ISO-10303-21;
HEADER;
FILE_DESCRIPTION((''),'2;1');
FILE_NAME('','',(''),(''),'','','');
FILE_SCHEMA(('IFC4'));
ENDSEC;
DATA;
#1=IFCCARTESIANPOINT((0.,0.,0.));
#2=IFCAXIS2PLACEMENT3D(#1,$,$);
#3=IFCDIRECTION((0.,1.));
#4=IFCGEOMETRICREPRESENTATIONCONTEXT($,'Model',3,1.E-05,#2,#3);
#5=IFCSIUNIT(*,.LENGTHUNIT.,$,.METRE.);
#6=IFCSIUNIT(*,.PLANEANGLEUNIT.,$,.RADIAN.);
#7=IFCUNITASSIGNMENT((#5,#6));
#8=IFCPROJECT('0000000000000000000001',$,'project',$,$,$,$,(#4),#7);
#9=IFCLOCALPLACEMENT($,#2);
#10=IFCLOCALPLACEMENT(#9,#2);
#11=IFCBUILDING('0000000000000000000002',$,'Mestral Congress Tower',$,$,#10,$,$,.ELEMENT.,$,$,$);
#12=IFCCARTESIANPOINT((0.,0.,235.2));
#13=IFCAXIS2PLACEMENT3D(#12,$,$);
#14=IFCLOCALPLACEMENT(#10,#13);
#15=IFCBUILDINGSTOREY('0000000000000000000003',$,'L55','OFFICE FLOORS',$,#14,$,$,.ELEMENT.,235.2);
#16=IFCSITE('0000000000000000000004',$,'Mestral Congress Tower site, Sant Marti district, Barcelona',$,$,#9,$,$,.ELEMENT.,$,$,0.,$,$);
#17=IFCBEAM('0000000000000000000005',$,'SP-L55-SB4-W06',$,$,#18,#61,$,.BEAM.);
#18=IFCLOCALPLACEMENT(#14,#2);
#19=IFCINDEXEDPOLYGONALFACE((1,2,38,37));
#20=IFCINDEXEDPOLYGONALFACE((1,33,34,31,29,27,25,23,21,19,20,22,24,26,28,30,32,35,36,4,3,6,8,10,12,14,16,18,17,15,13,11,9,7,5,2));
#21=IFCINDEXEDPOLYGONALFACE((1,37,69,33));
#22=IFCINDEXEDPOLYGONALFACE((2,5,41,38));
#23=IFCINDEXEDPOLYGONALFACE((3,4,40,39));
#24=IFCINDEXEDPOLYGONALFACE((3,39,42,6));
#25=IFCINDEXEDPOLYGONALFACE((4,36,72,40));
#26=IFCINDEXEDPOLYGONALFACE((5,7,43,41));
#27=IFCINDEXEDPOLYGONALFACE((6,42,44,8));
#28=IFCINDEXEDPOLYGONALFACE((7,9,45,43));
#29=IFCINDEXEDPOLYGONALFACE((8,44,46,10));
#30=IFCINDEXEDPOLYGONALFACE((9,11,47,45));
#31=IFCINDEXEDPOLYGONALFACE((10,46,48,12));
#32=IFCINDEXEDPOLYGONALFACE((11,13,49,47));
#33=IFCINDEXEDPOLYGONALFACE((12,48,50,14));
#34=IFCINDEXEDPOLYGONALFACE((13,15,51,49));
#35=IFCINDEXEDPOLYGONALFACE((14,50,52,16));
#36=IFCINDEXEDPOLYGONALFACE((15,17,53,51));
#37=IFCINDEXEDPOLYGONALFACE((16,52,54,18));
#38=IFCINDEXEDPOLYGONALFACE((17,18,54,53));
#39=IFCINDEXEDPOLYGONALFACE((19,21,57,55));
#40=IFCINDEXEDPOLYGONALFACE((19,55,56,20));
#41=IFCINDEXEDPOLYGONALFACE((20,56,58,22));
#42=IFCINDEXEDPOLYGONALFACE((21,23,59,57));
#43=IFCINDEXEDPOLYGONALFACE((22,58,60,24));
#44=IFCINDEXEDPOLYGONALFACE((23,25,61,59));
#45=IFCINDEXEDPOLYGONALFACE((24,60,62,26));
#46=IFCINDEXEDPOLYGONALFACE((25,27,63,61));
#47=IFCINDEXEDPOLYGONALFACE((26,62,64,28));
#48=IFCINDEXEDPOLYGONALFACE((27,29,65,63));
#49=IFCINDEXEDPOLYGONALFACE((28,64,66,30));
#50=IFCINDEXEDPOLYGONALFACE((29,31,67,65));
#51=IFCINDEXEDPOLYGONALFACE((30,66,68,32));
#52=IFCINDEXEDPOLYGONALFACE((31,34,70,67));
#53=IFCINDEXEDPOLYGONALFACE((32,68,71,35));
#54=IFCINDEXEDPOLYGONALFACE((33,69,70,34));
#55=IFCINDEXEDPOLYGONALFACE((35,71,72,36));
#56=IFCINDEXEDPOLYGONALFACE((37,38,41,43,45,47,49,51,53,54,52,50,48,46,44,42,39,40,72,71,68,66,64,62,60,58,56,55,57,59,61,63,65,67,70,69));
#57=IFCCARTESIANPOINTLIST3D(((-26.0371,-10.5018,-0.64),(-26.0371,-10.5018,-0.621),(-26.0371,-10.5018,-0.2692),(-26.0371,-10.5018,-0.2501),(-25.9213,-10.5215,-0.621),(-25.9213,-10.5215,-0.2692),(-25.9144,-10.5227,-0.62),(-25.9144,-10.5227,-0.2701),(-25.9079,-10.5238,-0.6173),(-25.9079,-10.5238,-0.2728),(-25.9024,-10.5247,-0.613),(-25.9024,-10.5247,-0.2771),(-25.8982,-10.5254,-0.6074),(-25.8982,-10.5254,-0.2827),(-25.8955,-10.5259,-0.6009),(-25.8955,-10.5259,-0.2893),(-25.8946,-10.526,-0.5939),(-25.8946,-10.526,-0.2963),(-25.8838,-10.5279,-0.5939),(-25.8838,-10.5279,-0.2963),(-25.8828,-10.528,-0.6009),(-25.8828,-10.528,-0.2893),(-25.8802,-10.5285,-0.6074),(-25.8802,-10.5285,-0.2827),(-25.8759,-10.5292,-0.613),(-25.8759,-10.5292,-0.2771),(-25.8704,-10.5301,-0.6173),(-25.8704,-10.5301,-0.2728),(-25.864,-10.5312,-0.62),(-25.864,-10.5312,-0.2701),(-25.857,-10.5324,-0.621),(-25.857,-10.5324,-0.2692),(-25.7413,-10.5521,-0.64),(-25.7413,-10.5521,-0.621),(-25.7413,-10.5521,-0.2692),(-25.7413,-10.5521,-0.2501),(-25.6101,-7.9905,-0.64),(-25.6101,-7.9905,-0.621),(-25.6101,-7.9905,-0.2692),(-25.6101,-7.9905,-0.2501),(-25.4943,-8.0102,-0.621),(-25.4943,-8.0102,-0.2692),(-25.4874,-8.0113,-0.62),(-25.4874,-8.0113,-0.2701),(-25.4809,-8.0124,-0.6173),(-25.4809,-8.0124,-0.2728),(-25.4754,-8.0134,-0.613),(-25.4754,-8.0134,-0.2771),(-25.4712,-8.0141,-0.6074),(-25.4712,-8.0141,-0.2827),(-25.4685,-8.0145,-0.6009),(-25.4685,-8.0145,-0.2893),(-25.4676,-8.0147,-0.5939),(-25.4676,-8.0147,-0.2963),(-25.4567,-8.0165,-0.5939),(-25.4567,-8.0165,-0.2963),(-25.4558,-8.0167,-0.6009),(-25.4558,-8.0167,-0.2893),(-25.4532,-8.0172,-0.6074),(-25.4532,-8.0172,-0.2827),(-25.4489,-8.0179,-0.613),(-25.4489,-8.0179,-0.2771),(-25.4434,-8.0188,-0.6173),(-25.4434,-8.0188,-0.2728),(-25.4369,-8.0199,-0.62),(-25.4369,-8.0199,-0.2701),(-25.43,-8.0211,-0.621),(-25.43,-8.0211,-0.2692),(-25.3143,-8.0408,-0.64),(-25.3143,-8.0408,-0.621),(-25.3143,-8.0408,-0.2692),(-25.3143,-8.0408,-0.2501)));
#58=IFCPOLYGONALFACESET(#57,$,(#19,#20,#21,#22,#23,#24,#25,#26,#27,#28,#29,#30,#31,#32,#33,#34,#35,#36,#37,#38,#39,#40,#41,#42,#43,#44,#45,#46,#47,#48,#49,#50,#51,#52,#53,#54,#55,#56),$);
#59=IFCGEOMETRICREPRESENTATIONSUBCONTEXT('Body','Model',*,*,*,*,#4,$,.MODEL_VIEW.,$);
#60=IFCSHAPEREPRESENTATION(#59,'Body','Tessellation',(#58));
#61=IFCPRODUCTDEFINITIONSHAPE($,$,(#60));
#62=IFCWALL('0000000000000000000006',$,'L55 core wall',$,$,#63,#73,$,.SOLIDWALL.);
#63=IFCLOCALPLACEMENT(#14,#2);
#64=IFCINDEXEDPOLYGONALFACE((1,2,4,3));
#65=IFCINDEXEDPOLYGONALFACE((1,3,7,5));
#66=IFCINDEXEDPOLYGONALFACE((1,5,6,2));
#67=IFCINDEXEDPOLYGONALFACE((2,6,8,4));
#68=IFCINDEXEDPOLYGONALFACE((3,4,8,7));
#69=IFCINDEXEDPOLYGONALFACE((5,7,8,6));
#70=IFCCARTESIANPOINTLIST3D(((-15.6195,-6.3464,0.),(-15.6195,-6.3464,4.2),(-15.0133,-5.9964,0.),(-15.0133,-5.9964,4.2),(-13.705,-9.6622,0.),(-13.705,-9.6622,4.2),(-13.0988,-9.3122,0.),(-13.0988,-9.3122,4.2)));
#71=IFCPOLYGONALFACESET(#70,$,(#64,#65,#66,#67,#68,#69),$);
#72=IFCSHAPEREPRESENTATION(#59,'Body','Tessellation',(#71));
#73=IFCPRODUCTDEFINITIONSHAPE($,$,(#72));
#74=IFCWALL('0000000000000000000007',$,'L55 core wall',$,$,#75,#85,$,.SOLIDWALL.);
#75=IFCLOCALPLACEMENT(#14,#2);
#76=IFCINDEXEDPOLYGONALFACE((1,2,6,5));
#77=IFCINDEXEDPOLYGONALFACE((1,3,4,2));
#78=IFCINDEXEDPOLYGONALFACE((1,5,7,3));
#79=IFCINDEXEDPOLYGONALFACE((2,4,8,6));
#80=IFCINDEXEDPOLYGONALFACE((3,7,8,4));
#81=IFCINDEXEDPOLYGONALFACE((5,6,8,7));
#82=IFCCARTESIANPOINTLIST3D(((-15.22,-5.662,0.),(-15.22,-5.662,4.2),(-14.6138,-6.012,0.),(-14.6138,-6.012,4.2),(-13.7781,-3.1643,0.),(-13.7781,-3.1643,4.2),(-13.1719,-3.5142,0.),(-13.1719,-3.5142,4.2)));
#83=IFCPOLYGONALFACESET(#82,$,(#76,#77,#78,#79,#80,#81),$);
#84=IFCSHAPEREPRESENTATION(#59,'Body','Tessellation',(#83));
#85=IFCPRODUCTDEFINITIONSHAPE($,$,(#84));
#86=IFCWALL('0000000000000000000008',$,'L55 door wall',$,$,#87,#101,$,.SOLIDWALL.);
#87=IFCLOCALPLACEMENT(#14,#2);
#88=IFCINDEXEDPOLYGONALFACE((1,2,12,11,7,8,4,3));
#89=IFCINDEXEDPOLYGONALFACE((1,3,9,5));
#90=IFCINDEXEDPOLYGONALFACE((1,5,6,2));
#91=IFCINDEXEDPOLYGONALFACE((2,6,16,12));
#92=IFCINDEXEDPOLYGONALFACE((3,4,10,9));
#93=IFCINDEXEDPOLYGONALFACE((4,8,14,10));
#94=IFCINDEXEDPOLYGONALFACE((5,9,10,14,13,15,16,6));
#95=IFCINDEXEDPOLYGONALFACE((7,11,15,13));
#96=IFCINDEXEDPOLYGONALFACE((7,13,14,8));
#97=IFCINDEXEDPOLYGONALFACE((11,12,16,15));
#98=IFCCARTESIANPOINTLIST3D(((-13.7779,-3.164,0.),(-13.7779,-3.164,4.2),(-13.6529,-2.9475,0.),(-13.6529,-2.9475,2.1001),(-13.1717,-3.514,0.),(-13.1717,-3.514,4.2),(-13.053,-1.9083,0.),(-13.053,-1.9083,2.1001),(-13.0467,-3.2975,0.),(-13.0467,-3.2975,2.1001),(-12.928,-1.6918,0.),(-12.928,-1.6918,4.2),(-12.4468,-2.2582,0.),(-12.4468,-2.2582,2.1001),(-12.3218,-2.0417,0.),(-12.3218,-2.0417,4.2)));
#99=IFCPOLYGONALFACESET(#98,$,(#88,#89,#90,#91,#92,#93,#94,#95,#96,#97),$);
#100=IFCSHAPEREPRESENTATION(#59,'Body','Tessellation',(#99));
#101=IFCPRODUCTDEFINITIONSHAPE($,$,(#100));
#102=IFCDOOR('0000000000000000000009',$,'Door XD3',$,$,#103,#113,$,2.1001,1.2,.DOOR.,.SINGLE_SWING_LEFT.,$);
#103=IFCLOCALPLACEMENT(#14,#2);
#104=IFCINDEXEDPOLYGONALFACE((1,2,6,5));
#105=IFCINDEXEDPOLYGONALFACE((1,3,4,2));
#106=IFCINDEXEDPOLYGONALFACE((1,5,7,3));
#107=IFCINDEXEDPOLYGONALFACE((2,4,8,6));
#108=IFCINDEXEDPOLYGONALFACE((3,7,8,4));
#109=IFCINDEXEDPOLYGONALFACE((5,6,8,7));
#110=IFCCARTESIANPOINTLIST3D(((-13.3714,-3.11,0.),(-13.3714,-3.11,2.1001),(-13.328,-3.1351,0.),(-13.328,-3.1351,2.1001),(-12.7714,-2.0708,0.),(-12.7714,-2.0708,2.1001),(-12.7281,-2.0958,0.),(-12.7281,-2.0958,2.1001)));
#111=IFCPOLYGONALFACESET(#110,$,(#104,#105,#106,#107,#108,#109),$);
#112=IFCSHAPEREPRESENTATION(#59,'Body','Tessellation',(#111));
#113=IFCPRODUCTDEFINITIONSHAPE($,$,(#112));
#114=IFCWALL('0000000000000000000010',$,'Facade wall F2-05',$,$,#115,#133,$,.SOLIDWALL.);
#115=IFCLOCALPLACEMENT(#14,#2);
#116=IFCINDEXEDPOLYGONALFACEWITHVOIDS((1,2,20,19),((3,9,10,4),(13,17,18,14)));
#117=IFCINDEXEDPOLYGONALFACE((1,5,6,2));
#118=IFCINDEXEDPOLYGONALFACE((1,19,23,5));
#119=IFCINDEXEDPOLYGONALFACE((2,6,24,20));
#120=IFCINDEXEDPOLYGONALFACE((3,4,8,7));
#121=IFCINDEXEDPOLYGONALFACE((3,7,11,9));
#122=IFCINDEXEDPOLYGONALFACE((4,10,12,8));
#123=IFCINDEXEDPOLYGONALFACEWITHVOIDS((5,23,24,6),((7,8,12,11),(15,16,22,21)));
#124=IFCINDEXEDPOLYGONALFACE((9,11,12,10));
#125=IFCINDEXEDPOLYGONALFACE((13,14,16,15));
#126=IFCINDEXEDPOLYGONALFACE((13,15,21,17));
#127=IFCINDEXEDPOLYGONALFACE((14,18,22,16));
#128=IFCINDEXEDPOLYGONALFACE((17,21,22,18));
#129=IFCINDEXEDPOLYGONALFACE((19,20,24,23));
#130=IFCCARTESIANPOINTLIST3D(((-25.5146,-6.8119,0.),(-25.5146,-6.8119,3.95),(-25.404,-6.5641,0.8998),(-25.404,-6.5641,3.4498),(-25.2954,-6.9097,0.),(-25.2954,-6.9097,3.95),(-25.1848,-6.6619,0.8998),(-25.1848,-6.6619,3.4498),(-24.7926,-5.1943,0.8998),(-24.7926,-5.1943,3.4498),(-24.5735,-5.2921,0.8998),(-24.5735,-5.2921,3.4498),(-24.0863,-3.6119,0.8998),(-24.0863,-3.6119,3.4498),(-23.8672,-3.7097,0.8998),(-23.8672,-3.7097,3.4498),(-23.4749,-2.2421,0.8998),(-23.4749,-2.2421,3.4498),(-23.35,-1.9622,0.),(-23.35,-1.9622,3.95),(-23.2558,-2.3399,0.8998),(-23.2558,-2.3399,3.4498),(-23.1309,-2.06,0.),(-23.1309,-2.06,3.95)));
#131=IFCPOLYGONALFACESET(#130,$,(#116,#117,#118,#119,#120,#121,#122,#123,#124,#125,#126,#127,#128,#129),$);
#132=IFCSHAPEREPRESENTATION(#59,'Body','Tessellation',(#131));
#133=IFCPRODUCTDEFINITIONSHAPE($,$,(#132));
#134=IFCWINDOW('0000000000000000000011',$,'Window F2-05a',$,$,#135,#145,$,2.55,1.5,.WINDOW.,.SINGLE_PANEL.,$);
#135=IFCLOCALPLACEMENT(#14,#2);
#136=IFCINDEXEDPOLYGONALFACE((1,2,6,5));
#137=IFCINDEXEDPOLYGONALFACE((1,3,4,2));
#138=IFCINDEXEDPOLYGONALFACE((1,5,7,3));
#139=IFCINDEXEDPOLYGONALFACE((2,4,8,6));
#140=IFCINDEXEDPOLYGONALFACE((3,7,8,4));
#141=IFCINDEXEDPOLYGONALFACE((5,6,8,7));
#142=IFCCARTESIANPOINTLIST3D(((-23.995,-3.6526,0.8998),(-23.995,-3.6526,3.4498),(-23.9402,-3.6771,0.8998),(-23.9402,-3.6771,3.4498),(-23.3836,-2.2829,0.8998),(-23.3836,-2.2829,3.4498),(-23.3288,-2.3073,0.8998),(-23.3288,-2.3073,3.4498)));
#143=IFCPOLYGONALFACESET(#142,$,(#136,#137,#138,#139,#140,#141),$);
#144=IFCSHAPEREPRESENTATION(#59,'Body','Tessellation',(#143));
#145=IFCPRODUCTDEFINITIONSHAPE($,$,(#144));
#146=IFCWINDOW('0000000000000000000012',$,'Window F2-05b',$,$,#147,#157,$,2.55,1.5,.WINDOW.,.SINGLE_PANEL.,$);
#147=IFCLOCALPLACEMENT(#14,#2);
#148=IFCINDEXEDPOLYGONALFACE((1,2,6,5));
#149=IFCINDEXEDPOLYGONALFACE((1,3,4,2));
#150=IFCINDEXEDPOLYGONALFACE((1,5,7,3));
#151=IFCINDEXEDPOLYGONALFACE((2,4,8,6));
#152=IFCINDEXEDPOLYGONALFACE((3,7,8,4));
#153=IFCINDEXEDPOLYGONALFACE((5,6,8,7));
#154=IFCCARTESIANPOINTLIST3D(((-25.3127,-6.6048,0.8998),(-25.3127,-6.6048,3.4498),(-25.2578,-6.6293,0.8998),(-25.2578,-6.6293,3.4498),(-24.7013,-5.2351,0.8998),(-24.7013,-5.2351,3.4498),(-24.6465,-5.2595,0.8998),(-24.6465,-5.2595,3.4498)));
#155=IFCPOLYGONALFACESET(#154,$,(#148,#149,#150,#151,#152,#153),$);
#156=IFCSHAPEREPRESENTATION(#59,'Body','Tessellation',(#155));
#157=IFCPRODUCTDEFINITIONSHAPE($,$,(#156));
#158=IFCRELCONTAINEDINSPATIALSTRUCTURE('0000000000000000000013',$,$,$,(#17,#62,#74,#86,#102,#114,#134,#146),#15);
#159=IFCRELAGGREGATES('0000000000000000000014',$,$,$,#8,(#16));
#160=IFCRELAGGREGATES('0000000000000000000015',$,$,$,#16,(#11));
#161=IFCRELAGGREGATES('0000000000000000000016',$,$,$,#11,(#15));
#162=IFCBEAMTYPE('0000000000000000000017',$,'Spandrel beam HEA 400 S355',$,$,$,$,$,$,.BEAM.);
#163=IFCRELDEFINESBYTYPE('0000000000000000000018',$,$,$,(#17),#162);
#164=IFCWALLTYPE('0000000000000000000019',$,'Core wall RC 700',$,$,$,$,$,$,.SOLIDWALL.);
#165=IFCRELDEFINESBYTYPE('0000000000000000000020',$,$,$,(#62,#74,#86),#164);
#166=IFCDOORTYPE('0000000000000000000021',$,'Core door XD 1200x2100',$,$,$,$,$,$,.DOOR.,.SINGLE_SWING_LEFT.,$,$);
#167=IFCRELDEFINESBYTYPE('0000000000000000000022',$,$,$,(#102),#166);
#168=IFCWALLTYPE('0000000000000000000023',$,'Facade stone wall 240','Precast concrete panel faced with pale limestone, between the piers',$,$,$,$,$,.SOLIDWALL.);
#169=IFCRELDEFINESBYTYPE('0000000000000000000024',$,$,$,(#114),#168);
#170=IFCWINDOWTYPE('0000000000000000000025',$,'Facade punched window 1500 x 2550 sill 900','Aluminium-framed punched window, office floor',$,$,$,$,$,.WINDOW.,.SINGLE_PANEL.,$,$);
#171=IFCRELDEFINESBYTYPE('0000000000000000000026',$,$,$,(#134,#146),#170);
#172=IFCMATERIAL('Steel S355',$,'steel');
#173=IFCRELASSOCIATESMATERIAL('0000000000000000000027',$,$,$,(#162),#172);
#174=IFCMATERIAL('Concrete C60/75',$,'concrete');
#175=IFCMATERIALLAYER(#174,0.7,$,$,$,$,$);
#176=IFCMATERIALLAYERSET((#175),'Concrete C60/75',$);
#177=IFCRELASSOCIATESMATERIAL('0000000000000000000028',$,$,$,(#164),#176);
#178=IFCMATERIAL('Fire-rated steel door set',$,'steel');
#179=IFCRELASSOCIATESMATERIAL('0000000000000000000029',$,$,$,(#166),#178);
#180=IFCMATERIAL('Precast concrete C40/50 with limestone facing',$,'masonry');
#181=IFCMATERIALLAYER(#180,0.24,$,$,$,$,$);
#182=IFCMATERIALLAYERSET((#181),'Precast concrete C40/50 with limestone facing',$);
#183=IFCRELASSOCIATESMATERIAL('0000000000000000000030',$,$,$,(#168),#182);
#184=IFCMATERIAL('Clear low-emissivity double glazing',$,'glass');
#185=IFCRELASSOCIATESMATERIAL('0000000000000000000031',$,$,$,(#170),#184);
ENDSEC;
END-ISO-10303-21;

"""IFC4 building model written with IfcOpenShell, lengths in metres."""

from ifc_helpers import new_model, si_unit, direction, frame, frame_2d, origin, origin_2d, place, context, subcontext, project, spatial, rectangle, i_section, extrude, material, layer, layer_set, material_profile, profile_set, type_object, element, fill, save


model = new_model("IFC4")

# Units and contexts
model_context = context("Model", 3, precision=1e-05, world=origin(), true_north=direction((0.0, 1.0)))
body_context = subcontext(model_context, "Body", "Model", "MODEL_VIEW")
ifc_project = project(units=[si_unit("LENGTHUNIT", "METRE"), si_unit("PLANEANGLEUNIT", "RADIAN")], contexts=[model_context])

# Site, building, storey
site_placement = place(None, origin())
site = spatial("IfcSite", under=ifc_project, at=site_placement, Name="Mestral Congress Tower site, Sant Marti district, Barcelona", CompositionType="ELEMENT", RefElevation=0.0)
building_placement = place(site_placement, origin())
building = spatial("IfcBuilding", under=site, at=building_placement, Name="Mestral Congress Tower", CompositionType="ELEMENT")
storey_placement = place(building_placement, frame((0.0, 0.0, 235.2)))
storey = spatial("IfcBuildingStorey", under=building, at=storey_placement, Name="L55", Description="OFFICE FLOORS", CompositionType="ELEMENT", Elevation=235.2)

# Shared definitions
ifc_material_1 = material(Name="Concrete C60/75", Category="concrete")

# Beam
ifc_material_2 = material(Name="Steel S355", Category="steel")
ifc_material_profile_1 = material_profile(ifc_material_2, i_section(OverallWidth=0.3, OverallDepth=0.3899, WebThickness=0.011, FlangeThickness=0.019, FilletRadius=0.0271, at=origin_2d()), Name="HEA 400")
ifc_profile_set_1 = profile_set([ifc_material_profile_1], Name="Steel S355")
beam_type_1 = type_object("IfcBeamType", Name="Spandrel beam HEA 400 S355", PredefinedType="BEAM", material=ifc_profile_set_1)
beam_1_placement = place(storey_placement, frame((-25.4622, -8.0156, -0.4451), z_axis=(-0.167631, -0.98585, 0.0), x_axis=(0.98585, -0.167631, 0.0)))
element("IfcBeam", 1, at=beam_1_placement, inside=storey, type_object=beam_type_1, Name="SP-L55-SB4-W06", PredefinedType="BEAM", context=body_context, shape_type="SweptSolid", body=[
    extrude(i_section(OverallWidth=0.3, OverallDepth=0.3899, WebThickness=0.011, FlangeThickness=0.019, FilletRadius=0.0271, at=origin_2d()), origin(), (0.0, 0.0, 1.0), 2.5474),
])

# Walls
ifc_layer_1 = layer(ifc_material_1, 0.7)
ifc_layer_set_1 = layer_set([ifc_layer_1], Name="Concrete C60/75")
wall_type_1 = type_object("IfcWallType", Name="Core wall RC 700", PredefinedType="SOLIDWALL", material=ifc_layer_set_1)
wall_1_placement = place(storey_placement, frame((-13.4019, -9.4873, 0.0), z_axis=(0.0, 0.0, 1.0), x_axis=(-0.50002, 0.866014, 0.0)))
element("IfcWall", 2, at=wall_1_placement, inside=storey, type_object=wall_type_1, Name="L55 core wall", PredefinedType="SOLIDWALL", context=body_context, shape_type="SweptSolid", body=[
    extrude(rectangle(XDim=3.8289, YDim=0.7, at=frame_2d((1.9146, 0.0))), origin(), (0.0, 0.0, 1.0), 4.2),
])
wall_2_placement = place(storey_placement, frame((-13.4751, -3.3394, 0.0), z_axis=(0.0, 0.0, 1.0), x_axis=(-0.499945, -0.866057, 0.0)))
element("IfcWall", 3, at=wall_2_placement, inside=storey, type_object=wall_type_1, Name="L55 core wall", PredefinedType="SOLIDWALL", context=body_context, shape_type="SweptSolid", body=[
    extrude(rectangle(XDim=2.884, YDim=0.7, at=frame_2d((1.4419, 0.0))), origin(), (0.0, 0.0, 1.0), 4.2),
])

# Wall, opening, door
wall_3_placement = place(storey_placement, frame((-13.4749, -3.3391, 0.0), z_axis=(0.0, 0.0, 1.0), x_axis=(0.499955, 0.866052, 0.0)))
wall_3 = element("IfcWall", 4, at=wall_3_placement, inside=storey, type_object=wall_type_1, Name="L55 door wall", PredefinedType="SOLIDWALL", context=body_context, shape_type="SweptSolid", body=[
    extrude(rectangle(XDim=1.7, YDim=0.7, at=frame_2d((0.8501, 0.0))), origin(), (0.0, 0.0, 1.0), 4.2),
])
opening_1_placement = place(wall_3_placement, frame((0.25, 0.0, 0.0)))
opening_1 = element("IfcOpeningElement", 5, at=opening_1_placement, cuts=wall_3, PredefinedType="OPENING", context=body_context, shape_type="SweptSolid", body=[
    extrude(rectangle(XDim=1.2, YDim=2.1001, at=frame_2d((0.6001, 1.05))), frame((0.0, 0.3599, 0.0), z_axis=(0.0, -1.0, 0.0), x_axis=(1.0, 0.0, 0.0)), (0.0, 0.0, 1.0), 0.72),
])
ifc_material_3 = material(Name="Fire-rated steel door set", Category="steel")
door_type_1 = type_object("IfcDoorType", Name="Core door XD 1200x2100", OperationType="SINGLE_SWING_LEFT", PredefinedType="DOOR", material=ifc_material_3)
door_1_placement = place(opening_1_placement, origin())
door_1 = element("IfcDoor", 6, at=door_1_placement, inside=storey, type_object=door_type_1, Name="Door XD3", OperationType="SINGLE_SWING_LEFT", OverallHeight=2.1001, OverallWidth=1.2, PredefinedType="DOOR", context=body_context, shape_type="SweptSolid", body=[
    extrude(rectangle(XDim=1.2, YDim=2.1001, at=frame_2d((0.6001, 1.05))), frame((0.0, 0.0249, 0.0), z_axis=(0.0, -1.0, 0.0), x_axis=(1.0, 0.0, 0.0)), (0.0, 0.0, 1.0), 0.05),
])
fill(opening_1, door_1)

# Wall, openings, windows
ifc_material_4 = material(Name="Precast concrete C40/50 with limestone facing", Category="masonry")
ifc_layer_2 = layer(ifc_material_4, 0.24)
ifc_layer_set_2 = layer_set([ifc_layer_2], Name="Precast concrete C40/50 with limestone facing")
wall_type_2 = type_object("IfcWallType", Name="Facade stone wall 240", Description="Precast concrete panel faced with pale limestone, between the piers", PredefinedType="SOLIDWALL", material=ifc_layer_set_2)
wall_4_placement = place(storey_placement, frame((-23.2405, -2.0112, 0.0), z_axis=(0.0, 0.0, 1.0), x_axis=(-0.40758, -0.91317, 0.0)))
wall_4 = element("IfcWall", 7, at=wall_4_placement, inside=storey, type_object=wall_type_2, Name="Facade wall F2-05", PredefinedType="SOLIDWALL", context=body_context, shape_type="SweptSolid", body=[
    extrude(rectangle(XDim=5.3108, YDim=0.24, at=frame_2d((2.6553, 0.0))), origin(), (0.0, 0.0, 1.0), 3.95),
])
opening_2_placement = place(wall_4_placement, frame((0.3064, 0.0, 0.8999)))
opening_2 = element("IfcOpeningElement", 8, at=opening_2_placement, cuts=wall_4, PredefinedType="OPENING", context=body_context, shape_type="SweptSolid", body=[
    extrude(rectangle(XDim=1.5, YDim=2.55, at=frame_2d((0.75, 1.2749))), frame((0.0, 0.1299, 0.0), z_axis=(0.0, -1.0, 0.0), x_axis=(1.0, 0.0, 0.0)), (0.0, 0.0, 1.0), 0.26),
])
opening_3_placement = place(wall_4_placement, frame((3.5393, 0.0, 0.8999)))
opening_3 = element("IfcOpeningElement", 9, at=opening_3_placement, cuts=wall_4, PredefinedType="OPENING", context=body_context, shape_type="SweptSolid", body=[
    extrude(rectangle(XDim=1.5, YDim=2.55, at=frame_2d((0.75, 1.2749))), frame((0.0, 0.1299, 0.0), z_axis=(0.0, -1.0, 0.0), x_axis=(1.0, 0.0, 0.0)), (0.0, 0.0, 1.0), 0.26),
])
ifc_material_5 = material(Name="Clear low-emissivity double glazing", Category="glass")
window_type_1 = type_object("IfcWindowType", Name="Facade punched window 1500 x 2550 sill 900", Description="Aluminium-framed punched window, office floor", PartitioningType="SINGLE_PANEL", PredefinedType="WINDOW", material=ifc_material_5)
window_1_placement = place(opening_2_placement, origin())
window_1 = element("IfcWindow", 10, at=window_1_placement, inside=storey, type_object=window_type_1, Name="Window F2-05a", OverallHeight=2.55, OverallWidth=1.5, PartitioningType="SINGLE_PANEL", PredefinedType="WINDOW", context=body_context, shape_type="SweptSolid", body=[
    extrude(rectangle(XDim=1.5, YDim=2.55, at=frame_2d((0.75, 1.2749))), frame((0.0, 0.04, 0.0), z_axis=(0.0, -1.0, 0.0), x_axis=(1.0, 0.0, 0.0)), (0.0, 0.0, 1.0), 0.0601),
])
fill(opening_2, window_1)
window_2_placement = place(opening_3_placement, origin())
window_2 = element("IfcWindow", 11, at=window_2_placement, inside=storey, type_object=window_type_1, Name="Window F2-05b", OverallHeight=2.55, OverallWidth=1.5, PartitioningType="SINGLE_PANEL", PredefinedType="WINDOW", context=body_context, shape_type="SweptSolid", body=[
    extrude(rectangle(XDim=1.5, YDim=2.55, at=frame_2d((0.75, 1.2749))), frame((0.0, 0.04, 0.0), z_axis=(0.0, -1.0, 0.0), x_axis=(1.0, 0.0, 0.0)), (0.0, 0.0, 1.0), 0.0601),
])
fill(opening_3, window_2)

save(model, "model.ifc")
